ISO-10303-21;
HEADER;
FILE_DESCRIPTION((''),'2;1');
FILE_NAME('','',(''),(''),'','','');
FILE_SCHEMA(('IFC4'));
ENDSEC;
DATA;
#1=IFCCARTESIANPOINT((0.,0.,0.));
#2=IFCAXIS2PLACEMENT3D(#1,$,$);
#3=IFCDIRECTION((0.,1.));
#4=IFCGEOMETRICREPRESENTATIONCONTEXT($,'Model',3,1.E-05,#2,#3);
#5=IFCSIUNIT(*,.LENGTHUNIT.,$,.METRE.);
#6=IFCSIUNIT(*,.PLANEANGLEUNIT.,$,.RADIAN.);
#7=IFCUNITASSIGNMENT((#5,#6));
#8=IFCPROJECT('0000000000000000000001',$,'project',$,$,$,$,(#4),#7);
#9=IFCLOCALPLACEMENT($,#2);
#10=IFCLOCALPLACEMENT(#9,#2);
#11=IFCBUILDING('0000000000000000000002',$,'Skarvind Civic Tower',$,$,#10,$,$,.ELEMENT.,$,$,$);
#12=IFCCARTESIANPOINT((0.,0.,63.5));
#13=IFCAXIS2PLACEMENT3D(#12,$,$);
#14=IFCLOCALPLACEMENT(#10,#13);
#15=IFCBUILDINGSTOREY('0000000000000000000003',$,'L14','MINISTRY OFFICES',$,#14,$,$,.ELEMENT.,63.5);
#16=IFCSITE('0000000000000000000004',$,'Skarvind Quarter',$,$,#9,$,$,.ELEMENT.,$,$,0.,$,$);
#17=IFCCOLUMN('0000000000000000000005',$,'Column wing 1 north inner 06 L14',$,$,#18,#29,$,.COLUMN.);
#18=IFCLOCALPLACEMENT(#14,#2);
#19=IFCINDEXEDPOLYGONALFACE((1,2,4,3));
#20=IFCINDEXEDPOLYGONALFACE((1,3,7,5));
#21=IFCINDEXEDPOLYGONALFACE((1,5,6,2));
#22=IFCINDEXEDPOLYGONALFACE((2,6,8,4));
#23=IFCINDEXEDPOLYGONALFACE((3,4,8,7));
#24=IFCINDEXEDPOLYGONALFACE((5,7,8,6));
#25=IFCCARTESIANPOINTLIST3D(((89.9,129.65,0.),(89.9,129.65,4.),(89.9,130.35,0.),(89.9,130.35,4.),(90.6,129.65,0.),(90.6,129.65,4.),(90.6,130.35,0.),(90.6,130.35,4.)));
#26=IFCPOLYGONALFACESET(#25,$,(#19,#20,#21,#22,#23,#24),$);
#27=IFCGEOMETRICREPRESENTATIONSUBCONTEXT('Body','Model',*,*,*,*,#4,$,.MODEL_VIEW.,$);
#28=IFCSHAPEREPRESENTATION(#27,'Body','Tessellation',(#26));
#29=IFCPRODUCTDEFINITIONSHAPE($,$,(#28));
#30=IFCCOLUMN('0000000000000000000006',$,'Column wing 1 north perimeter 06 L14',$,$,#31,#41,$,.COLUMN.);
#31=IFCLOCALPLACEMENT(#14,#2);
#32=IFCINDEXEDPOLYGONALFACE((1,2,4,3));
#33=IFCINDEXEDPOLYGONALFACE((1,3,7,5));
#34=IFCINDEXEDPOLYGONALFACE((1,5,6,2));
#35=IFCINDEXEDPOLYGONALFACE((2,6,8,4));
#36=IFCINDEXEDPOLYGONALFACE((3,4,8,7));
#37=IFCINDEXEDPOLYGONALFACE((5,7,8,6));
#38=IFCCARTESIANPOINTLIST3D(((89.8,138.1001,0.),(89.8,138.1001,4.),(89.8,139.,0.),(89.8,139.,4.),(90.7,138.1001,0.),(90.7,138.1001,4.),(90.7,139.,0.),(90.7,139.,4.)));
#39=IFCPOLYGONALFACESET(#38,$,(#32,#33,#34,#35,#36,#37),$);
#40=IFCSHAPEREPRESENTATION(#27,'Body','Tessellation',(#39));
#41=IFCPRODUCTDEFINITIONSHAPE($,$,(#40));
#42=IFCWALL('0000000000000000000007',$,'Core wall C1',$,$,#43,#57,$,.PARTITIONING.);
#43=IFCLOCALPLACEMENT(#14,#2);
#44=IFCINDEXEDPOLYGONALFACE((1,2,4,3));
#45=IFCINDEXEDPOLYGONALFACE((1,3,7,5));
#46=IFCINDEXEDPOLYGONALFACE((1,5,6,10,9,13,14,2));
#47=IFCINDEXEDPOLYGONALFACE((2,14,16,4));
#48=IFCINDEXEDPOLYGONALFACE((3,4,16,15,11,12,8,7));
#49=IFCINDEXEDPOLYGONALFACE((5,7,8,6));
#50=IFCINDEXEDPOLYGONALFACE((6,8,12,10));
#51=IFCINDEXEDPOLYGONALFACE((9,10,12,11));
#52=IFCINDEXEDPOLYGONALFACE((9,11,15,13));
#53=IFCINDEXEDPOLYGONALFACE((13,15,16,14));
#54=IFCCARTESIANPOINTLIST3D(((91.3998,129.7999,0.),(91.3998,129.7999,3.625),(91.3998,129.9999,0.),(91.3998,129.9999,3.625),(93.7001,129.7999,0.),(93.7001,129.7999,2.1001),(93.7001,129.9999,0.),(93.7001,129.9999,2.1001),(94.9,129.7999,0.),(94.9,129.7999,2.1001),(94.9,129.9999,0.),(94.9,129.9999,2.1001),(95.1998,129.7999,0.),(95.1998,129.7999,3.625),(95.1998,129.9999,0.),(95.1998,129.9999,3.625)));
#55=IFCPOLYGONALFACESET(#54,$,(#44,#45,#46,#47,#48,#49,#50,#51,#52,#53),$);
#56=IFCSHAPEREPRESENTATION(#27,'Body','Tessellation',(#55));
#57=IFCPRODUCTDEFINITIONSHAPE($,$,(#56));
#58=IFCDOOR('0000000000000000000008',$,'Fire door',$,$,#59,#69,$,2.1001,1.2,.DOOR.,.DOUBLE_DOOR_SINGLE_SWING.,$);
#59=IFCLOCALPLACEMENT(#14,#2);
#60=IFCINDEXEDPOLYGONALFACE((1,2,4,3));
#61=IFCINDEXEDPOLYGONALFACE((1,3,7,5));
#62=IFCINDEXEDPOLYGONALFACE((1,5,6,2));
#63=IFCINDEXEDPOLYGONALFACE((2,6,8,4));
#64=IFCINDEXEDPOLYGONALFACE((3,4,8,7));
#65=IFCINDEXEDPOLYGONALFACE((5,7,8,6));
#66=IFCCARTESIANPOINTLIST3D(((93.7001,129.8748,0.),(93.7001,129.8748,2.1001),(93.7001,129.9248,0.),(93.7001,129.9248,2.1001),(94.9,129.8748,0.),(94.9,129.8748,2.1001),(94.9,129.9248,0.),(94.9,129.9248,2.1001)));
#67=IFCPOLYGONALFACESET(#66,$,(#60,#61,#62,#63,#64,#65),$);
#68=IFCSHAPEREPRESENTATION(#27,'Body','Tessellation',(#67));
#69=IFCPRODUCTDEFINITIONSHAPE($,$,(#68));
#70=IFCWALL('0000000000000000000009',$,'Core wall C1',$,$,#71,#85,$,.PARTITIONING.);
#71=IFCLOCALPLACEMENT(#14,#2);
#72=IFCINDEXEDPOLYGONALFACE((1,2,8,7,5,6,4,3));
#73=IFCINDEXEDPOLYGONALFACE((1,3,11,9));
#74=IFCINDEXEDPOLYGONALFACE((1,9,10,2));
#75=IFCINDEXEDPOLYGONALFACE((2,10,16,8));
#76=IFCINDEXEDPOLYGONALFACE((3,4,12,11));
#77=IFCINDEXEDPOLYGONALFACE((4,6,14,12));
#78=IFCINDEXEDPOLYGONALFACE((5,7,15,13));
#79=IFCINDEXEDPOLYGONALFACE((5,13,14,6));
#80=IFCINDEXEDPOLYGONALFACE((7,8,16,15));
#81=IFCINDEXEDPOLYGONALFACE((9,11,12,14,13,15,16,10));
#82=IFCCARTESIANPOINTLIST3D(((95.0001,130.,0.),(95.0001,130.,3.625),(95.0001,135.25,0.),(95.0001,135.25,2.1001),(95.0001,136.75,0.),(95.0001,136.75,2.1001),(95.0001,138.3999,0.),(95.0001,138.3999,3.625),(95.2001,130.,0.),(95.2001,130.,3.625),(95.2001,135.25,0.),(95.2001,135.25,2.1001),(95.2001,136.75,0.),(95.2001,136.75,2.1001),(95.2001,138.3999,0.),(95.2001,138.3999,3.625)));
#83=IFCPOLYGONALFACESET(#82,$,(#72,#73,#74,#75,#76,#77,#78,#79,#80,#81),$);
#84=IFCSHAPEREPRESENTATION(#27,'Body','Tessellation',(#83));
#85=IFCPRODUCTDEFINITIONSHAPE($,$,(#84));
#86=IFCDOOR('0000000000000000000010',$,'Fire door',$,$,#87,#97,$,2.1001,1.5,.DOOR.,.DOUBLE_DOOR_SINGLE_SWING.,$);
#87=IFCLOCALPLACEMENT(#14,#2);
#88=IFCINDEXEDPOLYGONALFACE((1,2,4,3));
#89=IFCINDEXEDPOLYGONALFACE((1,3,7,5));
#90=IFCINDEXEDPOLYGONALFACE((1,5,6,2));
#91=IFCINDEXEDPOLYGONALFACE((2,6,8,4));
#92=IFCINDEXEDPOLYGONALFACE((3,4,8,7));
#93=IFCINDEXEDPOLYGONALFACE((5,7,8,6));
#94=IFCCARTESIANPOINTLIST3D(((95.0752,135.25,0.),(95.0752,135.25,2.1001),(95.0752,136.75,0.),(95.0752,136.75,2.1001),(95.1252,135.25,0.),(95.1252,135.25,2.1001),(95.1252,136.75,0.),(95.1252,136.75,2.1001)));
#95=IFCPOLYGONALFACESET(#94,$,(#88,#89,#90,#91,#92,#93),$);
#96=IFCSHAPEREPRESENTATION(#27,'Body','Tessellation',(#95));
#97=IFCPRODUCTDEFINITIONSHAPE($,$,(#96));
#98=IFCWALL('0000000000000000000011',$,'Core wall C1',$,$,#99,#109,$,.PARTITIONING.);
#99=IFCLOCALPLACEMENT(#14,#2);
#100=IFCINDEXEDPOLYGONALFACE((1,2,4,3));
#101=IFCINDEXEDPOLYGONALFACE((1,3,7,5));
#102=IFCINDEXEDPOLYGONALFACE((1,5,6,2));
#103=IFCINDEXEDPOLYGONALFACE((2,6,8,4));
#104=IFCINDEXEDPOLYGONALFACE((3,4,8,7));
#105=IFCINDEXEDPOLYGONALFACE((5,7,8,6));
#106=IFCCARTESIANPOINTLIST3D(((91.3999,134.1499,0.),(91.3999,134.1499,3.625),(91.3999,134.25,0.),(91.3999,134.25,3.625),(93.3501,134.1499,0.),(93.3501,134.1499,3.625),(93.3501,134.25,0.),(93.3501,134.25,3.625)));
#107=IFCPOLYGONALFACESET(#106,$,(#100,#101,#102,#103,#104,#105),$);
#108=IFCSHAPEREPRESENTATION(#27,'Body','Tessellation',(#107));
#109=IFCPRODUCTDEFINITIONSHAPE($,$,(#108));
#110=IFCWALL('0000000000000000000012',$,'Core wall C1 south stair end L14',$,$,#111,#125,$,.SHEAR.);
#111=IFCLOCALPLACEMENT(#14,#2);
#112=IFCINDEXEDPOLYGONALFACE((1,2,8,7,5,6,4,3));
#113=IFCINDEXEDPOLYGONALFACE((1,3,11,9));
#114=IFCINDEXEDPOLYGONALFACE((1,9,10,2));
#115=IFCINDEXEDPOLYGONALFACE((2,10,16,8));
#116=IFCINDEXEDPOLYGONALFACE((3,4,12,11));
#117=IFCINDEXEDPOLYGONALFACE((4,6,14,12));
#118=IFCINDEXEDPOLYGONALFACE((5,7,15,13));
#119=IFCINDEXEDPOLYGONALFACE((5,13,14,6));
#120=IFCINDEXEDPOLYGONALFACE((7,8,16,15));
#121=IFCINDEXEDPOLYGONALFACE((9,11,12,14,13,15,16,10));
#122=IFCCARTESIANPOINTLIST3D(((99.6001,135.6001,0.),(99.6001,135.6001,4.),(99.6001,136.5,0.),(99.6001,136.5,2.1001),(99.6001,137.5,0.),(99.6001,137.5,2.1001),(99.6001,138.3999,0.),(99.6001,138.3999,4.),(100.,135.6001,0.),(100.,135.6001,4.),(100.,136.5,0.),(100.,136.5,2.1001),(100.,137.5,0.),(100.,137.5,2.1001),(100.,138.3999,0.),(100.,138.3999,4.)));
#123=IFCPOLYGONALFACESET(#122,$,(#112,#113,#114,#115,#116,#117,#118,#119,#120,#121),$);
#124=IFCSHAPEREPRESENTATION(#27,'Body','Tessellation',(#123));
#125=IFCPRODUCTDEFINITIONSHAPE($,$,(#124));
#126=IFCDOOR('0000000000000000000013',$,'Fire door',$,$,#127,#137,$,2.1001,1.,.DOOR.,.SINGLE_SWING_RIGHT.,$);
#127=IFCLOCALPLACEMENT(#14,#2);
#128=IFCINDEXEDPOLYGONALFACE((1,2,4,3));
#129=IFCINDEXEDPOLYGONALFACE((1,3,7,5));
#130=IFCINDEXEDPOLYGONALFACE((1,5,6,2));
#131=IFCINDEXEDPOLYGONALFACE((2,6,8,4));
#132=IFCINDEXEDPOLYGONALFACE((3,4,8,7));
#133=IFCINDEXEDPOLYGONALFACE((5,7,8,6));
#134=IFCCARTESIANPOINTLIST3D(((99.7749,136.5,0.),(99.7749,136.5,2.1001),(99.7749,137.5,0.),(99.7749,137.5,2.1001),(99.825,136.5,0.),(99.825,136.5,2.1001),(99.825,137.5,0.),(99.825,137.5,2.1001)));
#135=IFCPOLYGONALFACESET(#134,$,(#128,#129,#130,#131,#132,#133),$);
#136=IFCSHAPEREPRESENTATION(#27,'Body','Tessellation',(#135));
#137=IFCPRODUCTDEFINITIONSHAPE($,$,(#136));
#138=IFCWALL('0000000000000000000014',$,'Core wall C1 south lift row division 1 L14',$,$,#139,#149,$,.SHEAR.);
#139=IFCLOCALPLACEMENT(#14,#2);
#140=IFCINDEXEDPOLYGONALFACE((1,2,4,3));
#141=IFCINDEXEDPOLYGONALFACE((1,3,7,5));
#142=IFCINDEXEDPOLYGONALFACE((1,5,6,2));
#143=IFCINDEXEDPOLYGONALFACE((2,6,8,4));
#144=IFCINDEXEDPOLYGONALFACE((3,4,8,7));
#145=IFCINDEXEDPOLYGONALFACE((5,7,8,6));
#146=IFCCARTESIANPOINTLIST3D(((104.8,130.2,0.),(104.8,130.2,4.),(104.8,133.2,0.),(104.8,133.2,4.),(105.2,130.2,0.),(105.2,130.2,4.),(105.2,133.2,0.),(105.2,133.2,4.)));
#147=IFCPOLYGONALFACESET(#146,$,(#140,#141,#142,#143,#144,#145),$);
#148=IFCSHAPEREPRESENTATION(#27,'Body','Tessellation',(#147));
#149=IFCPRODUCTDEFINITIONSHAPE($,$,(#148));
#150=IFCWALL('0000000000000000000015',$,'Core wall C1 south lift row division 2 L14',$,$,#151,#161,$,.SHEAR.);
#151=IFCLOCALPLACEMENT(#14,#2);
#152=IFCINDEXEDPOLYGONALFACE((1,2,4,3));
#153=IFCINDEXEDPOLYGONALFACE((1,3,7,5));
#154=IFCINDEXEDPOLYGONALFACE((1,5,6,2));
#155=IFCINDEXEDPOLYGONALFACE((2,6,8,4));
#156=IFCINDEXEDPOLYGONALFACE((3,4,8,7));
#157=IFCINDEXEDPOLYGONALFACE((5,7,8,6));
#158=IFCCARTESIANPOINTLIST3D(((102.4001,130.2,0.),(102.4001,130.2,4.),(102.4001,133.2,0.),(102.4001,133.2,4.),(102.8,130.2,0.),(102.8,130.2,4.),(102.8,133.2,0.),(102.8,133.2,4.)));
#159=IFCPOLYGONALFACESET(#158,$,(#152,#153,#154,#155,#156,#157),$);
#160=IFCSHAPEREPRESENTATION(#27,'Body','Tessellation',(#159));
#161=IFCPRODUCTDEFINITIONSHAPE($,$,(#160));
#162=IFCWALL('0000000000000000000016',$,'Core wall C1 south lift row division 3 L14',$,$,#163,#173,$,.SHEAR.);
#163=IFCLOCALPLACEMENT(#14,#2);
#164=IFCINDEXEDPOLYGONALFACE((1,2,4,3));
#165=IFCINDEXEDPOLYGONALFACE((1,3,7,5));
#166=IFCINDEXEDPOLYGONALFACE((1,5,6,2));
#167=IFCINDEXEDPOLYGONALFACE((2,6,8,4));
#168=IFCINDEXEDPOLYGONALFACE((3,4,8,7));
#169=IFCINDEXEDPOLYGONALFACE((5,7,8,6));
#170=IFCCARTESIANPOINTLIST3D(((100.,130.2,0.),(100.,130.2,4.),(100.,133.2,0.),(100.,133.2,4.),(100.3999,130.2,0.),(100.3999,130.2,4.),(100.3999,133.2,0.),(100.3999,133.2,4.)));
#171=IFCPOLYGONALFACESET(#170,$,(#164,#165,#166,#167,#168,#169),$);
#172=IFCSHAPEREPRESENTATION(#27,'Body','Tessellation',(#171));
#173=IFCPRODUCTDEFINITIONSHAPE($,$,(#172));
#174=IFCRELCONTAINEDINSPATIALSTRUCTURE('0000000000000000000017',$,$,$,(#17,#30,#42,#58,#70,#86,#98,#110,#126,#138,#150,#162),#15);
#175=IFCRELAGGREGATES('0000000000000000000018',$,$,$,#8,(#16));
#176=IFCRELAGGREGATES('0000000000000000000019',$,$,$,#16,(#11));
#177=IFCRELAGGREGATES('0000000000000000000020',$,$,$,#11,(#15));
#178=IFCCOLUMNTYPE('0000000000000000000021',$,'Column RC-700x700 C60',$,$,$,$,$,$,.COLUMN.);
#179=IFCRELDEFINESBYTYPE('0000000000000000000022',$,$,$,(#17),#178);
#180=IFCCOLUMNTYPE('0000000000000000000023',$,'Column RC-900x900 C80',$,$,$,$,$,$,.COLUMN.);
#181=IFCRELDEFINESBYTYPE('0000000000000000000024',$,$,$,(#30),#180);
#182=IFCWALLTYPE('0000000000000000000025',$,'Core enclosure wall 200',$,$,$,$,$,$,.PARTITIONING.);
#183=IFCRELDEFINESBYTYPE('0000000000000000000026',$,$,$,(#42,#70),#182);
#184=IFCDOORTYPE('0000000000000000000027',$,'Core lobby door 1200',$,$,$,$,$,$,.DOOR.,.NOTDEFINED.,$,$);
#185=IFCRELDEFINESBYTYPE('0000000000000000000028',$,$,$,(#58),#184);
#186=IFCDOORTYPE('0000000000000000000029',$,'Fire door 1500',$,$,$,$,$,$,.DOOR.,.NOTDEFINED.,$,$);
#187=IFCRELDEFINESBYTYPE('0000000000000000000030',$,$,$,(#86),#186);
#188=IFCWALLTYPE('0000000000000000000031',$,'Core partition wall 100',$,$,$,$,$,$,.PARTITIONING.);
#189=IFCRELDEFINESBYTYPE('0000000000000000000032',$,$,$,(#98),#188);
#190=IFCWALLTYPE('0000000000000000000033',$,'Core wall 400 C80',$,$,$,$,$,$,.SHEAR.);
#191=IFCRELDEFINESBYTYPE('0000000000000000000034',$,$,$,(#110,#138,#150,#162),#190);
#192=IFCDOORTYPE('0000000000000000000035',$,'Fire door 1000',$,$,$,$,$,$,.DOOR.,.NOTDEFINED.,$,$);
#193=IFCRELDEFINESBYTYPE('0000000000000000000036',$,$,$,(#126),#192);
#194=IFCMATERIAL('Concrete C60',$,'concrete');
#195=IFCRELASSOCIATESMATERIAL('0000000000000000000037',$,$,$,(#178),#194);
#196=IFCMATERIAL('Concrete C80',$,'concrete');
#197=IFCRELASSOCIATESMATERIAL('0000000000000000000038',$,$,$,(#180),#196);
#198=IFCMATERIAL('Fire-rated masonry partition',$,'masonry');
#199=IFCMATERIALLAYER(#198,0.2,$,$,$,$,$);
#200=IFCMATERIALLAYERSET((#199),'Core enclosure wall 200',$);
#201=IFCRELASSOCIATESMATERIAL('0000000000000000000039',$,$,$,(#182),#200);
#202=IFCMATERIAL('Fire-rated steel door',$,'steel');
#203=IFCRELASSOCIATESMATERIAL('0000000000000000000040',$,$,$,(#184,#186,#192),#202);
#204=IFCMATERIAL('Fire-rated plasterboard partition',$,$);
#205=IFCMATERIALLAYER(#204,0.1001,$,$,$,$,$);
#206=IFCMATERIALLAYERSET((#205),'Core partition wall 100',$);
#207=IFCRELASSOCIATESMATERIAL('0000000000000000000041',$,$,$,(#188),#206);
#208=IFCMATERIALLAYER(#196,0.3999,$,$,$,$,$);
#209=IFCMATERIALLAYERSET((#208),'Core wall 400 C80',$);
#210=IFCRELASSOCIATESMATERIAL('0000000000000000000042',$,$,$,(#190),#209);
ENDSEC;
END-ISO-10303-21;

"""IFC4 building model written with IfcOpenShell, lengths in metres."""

from ifc_helpers import new_model, si_unit, direction, frame, frame_2d, origin, origin_2d, place, context, subcontext, project, spatial, rectangle, extrude, material, layer, layer_set, material_profile, profile_set, type_object, element, fill, save


model = new_model("IFC4")

# Units and contexts
model_context = context("Model", 3, precision=1e-05, world=origin(), true_north=direction((0.0, 1.0)))
body_context = subcontext(model_context, "Body", "Model", "MODEL_VIEW")
ifc_project = project(units=[si_unit("LENGTHUNIT", "METRE"), si_unit("PLANEANGLEUNIT", "RADIAN")], contexts=[model_context])

# Site, building, storey
site_placement = place(None, origin())
site = spatial("IfcSite", under=ifc_project, at=site_placement, Name="Skarvind Quarter", CompositionType="ELEMENT", RefElevation=0.0)
building_placement = place(site_placement, origin())
building = spatial("IfcBuilding", under=site, at=building_placement, Name="Skarvind Civic Tower", CompositionType="ELEMENT")
storey_placement = place(building_placement, frame((0.0, 0.0, 63.5)))
storey = spatial("IfcBuildingStorey", under=building, at=storey_placement, Name="L14", Description="MINISTRY OFFICES", CompositionType="ELEMENT", Elevation=63.5)

# Columns
ifc_material_1 = material(Name="Concrete C60", Category="concrete")
ifc_material_profile_1 = material_profile(ifc_material_1, rectangle(XDim=0.7, YDim=0.7, at=origin_2d()), Name="RC-700x700")
ifc_profile_set_1 = profile_set([ifc_material_profile_1], Name="Concrete C60")
column_type_1 = type_object("IfcColumnType", Name="Column RC-700x700 C60", PredefinedType="COLUMN", material=ifc_profile_set_1)
column_1_placement = place(storey_placement, frame((90.25, 130.0, 0.0), z_axis=(0.0, 0.0, 1.0), x_axis=(1.0, 0.0, 0.0)))
element("IfcColumn", 1, at=column_1_placement, inside=storey, type_object=column_type_1, Name="Column wing 1 north inner 06 L14", PredefinedType="COLUMN", context=body_context, shape_type="SweptSolid", body=[
    extrude(rectangle(XDim=0.7, YDim=0.7, at=origin_2d()), origin(), (0.0, 0.0, 1.0), 4.0),
])
ifc_material_2 = material(Name="Concrete C80", Category="concrete")
ifc_material_profile_2 = material_profile(ifc_material_2, rectangle(XDim=0.8999, YDim=0.8999, at=origin_2d()), Name="RC-900x900")
ifc_profile_set_2 = profile_set([ifc_material_profile_2], Name="Concrete C80")
column_type_2 = type_object("IfcColumnType", Name="Column RC-900x900 C80", PredefinedType="COLUMN", material=ifc_profile_set_2)
column_2_placement = place(storey_placement, frame((90.25, 138.55, 0.0), z_axis=(0.0, 0.0, 1.0), x_axis=(1.0, 0.0, 0.0)))
element("IfcColumn", 2, at=column_2_placement, inside=storey, type_object=column_type_2, Name="Column wing 1 north perimeter 06 L14", PredefinedType="COLUMN", context=body_context, shape_type="SweptSolid", body=[
    extrude(rectangle(XDim=0.8999, YDim=0.8999, at=origin_2d()), origin(), (0.0, 0.0, 1.0), 4.0),
])

# Walls, openings, doors
ifc_material_3 = material(Name="Fire-rated masonry partition", Category="masonry")
ifc_layer_1 = layer(ifc_material_3, 0.2)
ifc_layer_set_1 = layer_set([ifc_layer_1], Name="Core enclosure wall 200")
wall_type_1 = type_object("IfcWallType", Name="Core enclosure wall 200", PredefinedType="PARTITIONING", material=ifc_layer_set_1)
wall_1_placement = place(storey_placement, frame((91.3999, 129.8999, 0.0), z_axis=(0.0, 0.0, 1.0), x_axis=(1.0, 0.0, 0.0)))
wall_1 = element("IfcWall", 3, at=wall_1_placement, inside=storey, type_object=wall_type_1, Name="Core wall C1", PredefinedType="PARTITIONING", context=body_context, shape_type="SweptSolid", body=[
    extrude(rectangle(XDim=3.8, YDim=0.2, at=frame_2d((1.8999, 0.0))), origin(), (0.0, 0.0, 1.0), 3.625),
])
opening_1_placement = place(wall_1_placement, frame((2.3, 0.0, 0.0)))
opening_1 = element("IfcOpeningElement", 4, at=opening_1_placement, cuts=wall_1, PredefinedType="OPENING", context=body_context, shape_type="SweptSolid", body=[
    extrude(rectangle(XDim=1.2, YDim=2.1001, at=frame_2d((0.6001, 1.05))), frame((0.0, 0.1099, 0.0), z_axis=(0.0, -1.0, 0.0), x_axis=(1.0, 0.0, 0.0)), (0.0, 0.0, 1.0), 0.22),
])
ifc_material_4 = material(Name="Fire-rated steel door", Category="steel")
door_type_1 = type_object("IfcDoorType", Name="Core lobby door 1200", OperationType="NOTDEFINED", PredefinedType="DOOR", material=ifc_material_4)
door_1_placement = place(opening_1_placement, origin())
door_1 = element("IfcDoor", 5, at=door_1_placement, inside=storey, type_object=door_type_1, Name="Fire door", OperationType="DOUBLE_DOOR_SINGLE_SWING", OverallHeight=2.1001, OverallWidth=1.2, PredefinedType="DOOR", context=body_context, shape_type="SweptSolid", body=[
    extrude(rectangle(XDim=1.2, YDim=2.1001, at=frame_2d((0.6001, 1.05))), frame((0.0, 0.0249, 0.0), z_axis=(0.0, -1.0, 0.0), x_axis=(1.0, 0.0, 0.0)), (0.0, 0.0, 1.0), 0.05),
])
fill(opening_1, door_1)
wall_2_placement = place(storey_placement, frame((95.1001, 130.0, 0.0), z_axis=(0.0, 0.0, 1.0), x_axis=(0.0, 1.0, 0.0)))
wall_2 = element("IfcWall", 6, at=wall_2_placement, inside=storey, type_object=wall_type_1, Name="Core wall C1", PredefinedType="PARTITIONING", context=body_context, shape_type="SweptSolid", body=[
    extrude(rectangle(XDim=8.3999, YDim=0.2, at=frame_2d((4.2, 0.0))), origin(), (0.0, 0.0, 1.0), 3.625),
])
opening_2_placement = place(wall_2_placement, frame((5.25, 0.0, 0.0)))
opening_2 = element("IfcOpeningElement", 7, at=opening_2_placement, cuts=wall_2, PredefinedType="OPENING", context=body_context, shape_type="SweptSolid", body=[
    extrude(rectangle(XDim=1.5, YDim=2.1001, at=frame_2d((0.75, 1.05))), frame((0.0, 0.1099, 0.0), z_axis=(0.0, -1.0, 0.0), x_axis=(1.0, 0.0, 0.0)), (0.0, 0.0, 1.0), 0.22),
])
door_type_2 = type_object("IfcDoorType", Name="Fire door 1500", OperationType="NOTDEFINED", PredefinedType="DOOR", material=ifc_material_4)
door_2_placement = place(opening_2_placement, origin())
door_2 = element("IfcDoor", 8, at=door_2_placement, inside=storey, type_object=door_type_2, Name="Fire door", OperationType="DOUBLE_DOOR_SINGLE_SWING", OverallHeight=2.1001, OverallWidth=1.5, PredefinedType="DOOR", context=body_context, shape_type="SweptSolid", body=[
    extrude(rectangle(XDim=1.5, YDim=2.1001, at=frame_2d((0.75, 1.05))), frame((0.0, 0.0249, 0.0), z_axis=(0.0, -1.0, 0.0), x_axis=(1.0, 0.0, 0.0)), (0.0, 0.0, 1.0), 0.05),
])
fill(opening_2, door_2)

# Wall
ifc_material_5 = material(Name="Fire-rated plasterboard partition")
ifc_layer_2 = layer(ifc_material_5, 0.1001)
ifc_layer_set_2 = layer_set([ifc_layer_2], Name="Core partition wall 100")
wall_type_2 = type_object("IfcWallType", Name="Core partition wall 100", PredefinedType="PARTITIONING", material=ifc_layer_set_2)
wall_3_placement = place(storey_placement, frame((91.3999, 134.2, 0.0), z_axis=(0.0, 0.0, 1.0), x_axis=(1.0, 0.0, 0.0)))
element("IfcWall", 9, at=wall_3_placement, inside=storey, type_object=wall_type_2, Name="Core wall C1", PredefinedType="PARTITIONING", context=body_context, shape_type="SweptSolid", body=[
    extrude(rectangle(XDim=1.9502, YDim=0.1001, at=frame_2d((0.9751, 0.0))), origin(), (0.0, 0.0, 1.0), 3.625),
])

# Wall, opening, door
ifc_layer_3 = layer(ifc_material_2, 0.3999)
ifc_layer_set_3 = layer_set([ifc_layer_3], Name="Core wall 400 C80")
wall_type_3 = type_object("IfcWallType", Name="Core wall 400 C80", PredefinedType="SHEAR", material=ifc_layer_set_3)
wall_4_placement = place(storey_placement, frame((99.8, 138.3999, 0.0), z_axis=(0.0, 0.0, 1.0), x_axis=(0.0, -1.0, 0.0)))
wall_4 = element("IfcWall", 10, at=wall_4_placement, inside=storey, type_object=wall_type_3, Name="Core wall C1 south stair end L14", PredefinedType="SHEAR", context=body_context, shape_type="SweptSolid", body=[
    extrude(rectangle(XDim=2.7998, YDim=0.3999, at=frame_2d((1.3999, 0.0))), origin(), (0.0, 0.0, 1.0), 4.0),
])
opening_3_placement = place(wall_4_placement, frame((0.8999, 0.0, 0.0)))
opening_3 = element("IfcOpeningElement", 11, at=opening_3_placement, cuts=wall_4, PredefinedType="OPENING", context=body_context, shape_type="SweptSolid", body=[
    extrude(rectangle(XDim=1.0, YDim=2.1001, at=frame_2d((0.5, 1.05))), frame((0.0, 0.21, 0.0), z_axis=(0.0, -1.0, 0.0), x_axis=(1.0, 0.0, 0.0)), (0.0, 0.0, 1.0), 0.4199),
])
door_type_3 = type_object("IfcDoorType", Name="Fire door 1000", OperationType="NOTDEFINED", PredefinedType="DOOR", material=ifc_material_4)
door_3_placement = place(opening_3_placement, origin())
door_3 = element("IfcDoor", 12, at=door_3_placement, inside=storey, type_object=door_type_3, Name="Fire door", OperationType="SINGLE_SWING_RIGHT", OverallHeight=2.1001, OverallWidth=1.0, PredefinedType="DOOR", context=body_context, shape_type="SweptSolid", body=[
    extrude(rectangle(XDim=1.0, YDim=2.1001, at=frame_2d((0.5, 1.05))), frame((0.0, 0.0249, 0.0), z_axis=(0.0, -1.0, 0.0), x_axis=(1.0, 0.0, 0.0)), (0.0, 0.0, 1.0), 0.05),
])
fill(opening_3, door_3)

# Walls
for number, where, z_axis, x_axis, name in (
    (13, (105.0, 133.2, 0.0), (0.0, 0.0, 1.0), (0.0, -1.0, 0.0), "Core wall C1 south lift row division 1 L14"),
    (14, (102.6001, 133.2, 0.0), (0.0, 0.0, 1.0), (0.0, -1.0, 0.0), "Core wall C1 south lift row division 2 L14"),
    (15, (100.2, 133.2, 0.0), (0.0, 0.0, 1.0), (0.0, -1.0, 0.0), "Core wall C1 south lift row division 3 L14"),
):
    element("IfcWall", number, at=place(storey_placement, frame(where, z_axis=z_axis, x_axis=x_axis)), inside=storey, type_object=wall_type_3, Name=name, PredefinedType="SHEAR", context=body_context, shape_type="SweptSolid", body=[
        extrude(rectangle(XDim=3.0, YDim=0.3999, at=frame_2d((1.5, 0.0))), origin(), (0.0, 0.0, 1.0), 4.0),
    ])

save(model, "model.ifc")
